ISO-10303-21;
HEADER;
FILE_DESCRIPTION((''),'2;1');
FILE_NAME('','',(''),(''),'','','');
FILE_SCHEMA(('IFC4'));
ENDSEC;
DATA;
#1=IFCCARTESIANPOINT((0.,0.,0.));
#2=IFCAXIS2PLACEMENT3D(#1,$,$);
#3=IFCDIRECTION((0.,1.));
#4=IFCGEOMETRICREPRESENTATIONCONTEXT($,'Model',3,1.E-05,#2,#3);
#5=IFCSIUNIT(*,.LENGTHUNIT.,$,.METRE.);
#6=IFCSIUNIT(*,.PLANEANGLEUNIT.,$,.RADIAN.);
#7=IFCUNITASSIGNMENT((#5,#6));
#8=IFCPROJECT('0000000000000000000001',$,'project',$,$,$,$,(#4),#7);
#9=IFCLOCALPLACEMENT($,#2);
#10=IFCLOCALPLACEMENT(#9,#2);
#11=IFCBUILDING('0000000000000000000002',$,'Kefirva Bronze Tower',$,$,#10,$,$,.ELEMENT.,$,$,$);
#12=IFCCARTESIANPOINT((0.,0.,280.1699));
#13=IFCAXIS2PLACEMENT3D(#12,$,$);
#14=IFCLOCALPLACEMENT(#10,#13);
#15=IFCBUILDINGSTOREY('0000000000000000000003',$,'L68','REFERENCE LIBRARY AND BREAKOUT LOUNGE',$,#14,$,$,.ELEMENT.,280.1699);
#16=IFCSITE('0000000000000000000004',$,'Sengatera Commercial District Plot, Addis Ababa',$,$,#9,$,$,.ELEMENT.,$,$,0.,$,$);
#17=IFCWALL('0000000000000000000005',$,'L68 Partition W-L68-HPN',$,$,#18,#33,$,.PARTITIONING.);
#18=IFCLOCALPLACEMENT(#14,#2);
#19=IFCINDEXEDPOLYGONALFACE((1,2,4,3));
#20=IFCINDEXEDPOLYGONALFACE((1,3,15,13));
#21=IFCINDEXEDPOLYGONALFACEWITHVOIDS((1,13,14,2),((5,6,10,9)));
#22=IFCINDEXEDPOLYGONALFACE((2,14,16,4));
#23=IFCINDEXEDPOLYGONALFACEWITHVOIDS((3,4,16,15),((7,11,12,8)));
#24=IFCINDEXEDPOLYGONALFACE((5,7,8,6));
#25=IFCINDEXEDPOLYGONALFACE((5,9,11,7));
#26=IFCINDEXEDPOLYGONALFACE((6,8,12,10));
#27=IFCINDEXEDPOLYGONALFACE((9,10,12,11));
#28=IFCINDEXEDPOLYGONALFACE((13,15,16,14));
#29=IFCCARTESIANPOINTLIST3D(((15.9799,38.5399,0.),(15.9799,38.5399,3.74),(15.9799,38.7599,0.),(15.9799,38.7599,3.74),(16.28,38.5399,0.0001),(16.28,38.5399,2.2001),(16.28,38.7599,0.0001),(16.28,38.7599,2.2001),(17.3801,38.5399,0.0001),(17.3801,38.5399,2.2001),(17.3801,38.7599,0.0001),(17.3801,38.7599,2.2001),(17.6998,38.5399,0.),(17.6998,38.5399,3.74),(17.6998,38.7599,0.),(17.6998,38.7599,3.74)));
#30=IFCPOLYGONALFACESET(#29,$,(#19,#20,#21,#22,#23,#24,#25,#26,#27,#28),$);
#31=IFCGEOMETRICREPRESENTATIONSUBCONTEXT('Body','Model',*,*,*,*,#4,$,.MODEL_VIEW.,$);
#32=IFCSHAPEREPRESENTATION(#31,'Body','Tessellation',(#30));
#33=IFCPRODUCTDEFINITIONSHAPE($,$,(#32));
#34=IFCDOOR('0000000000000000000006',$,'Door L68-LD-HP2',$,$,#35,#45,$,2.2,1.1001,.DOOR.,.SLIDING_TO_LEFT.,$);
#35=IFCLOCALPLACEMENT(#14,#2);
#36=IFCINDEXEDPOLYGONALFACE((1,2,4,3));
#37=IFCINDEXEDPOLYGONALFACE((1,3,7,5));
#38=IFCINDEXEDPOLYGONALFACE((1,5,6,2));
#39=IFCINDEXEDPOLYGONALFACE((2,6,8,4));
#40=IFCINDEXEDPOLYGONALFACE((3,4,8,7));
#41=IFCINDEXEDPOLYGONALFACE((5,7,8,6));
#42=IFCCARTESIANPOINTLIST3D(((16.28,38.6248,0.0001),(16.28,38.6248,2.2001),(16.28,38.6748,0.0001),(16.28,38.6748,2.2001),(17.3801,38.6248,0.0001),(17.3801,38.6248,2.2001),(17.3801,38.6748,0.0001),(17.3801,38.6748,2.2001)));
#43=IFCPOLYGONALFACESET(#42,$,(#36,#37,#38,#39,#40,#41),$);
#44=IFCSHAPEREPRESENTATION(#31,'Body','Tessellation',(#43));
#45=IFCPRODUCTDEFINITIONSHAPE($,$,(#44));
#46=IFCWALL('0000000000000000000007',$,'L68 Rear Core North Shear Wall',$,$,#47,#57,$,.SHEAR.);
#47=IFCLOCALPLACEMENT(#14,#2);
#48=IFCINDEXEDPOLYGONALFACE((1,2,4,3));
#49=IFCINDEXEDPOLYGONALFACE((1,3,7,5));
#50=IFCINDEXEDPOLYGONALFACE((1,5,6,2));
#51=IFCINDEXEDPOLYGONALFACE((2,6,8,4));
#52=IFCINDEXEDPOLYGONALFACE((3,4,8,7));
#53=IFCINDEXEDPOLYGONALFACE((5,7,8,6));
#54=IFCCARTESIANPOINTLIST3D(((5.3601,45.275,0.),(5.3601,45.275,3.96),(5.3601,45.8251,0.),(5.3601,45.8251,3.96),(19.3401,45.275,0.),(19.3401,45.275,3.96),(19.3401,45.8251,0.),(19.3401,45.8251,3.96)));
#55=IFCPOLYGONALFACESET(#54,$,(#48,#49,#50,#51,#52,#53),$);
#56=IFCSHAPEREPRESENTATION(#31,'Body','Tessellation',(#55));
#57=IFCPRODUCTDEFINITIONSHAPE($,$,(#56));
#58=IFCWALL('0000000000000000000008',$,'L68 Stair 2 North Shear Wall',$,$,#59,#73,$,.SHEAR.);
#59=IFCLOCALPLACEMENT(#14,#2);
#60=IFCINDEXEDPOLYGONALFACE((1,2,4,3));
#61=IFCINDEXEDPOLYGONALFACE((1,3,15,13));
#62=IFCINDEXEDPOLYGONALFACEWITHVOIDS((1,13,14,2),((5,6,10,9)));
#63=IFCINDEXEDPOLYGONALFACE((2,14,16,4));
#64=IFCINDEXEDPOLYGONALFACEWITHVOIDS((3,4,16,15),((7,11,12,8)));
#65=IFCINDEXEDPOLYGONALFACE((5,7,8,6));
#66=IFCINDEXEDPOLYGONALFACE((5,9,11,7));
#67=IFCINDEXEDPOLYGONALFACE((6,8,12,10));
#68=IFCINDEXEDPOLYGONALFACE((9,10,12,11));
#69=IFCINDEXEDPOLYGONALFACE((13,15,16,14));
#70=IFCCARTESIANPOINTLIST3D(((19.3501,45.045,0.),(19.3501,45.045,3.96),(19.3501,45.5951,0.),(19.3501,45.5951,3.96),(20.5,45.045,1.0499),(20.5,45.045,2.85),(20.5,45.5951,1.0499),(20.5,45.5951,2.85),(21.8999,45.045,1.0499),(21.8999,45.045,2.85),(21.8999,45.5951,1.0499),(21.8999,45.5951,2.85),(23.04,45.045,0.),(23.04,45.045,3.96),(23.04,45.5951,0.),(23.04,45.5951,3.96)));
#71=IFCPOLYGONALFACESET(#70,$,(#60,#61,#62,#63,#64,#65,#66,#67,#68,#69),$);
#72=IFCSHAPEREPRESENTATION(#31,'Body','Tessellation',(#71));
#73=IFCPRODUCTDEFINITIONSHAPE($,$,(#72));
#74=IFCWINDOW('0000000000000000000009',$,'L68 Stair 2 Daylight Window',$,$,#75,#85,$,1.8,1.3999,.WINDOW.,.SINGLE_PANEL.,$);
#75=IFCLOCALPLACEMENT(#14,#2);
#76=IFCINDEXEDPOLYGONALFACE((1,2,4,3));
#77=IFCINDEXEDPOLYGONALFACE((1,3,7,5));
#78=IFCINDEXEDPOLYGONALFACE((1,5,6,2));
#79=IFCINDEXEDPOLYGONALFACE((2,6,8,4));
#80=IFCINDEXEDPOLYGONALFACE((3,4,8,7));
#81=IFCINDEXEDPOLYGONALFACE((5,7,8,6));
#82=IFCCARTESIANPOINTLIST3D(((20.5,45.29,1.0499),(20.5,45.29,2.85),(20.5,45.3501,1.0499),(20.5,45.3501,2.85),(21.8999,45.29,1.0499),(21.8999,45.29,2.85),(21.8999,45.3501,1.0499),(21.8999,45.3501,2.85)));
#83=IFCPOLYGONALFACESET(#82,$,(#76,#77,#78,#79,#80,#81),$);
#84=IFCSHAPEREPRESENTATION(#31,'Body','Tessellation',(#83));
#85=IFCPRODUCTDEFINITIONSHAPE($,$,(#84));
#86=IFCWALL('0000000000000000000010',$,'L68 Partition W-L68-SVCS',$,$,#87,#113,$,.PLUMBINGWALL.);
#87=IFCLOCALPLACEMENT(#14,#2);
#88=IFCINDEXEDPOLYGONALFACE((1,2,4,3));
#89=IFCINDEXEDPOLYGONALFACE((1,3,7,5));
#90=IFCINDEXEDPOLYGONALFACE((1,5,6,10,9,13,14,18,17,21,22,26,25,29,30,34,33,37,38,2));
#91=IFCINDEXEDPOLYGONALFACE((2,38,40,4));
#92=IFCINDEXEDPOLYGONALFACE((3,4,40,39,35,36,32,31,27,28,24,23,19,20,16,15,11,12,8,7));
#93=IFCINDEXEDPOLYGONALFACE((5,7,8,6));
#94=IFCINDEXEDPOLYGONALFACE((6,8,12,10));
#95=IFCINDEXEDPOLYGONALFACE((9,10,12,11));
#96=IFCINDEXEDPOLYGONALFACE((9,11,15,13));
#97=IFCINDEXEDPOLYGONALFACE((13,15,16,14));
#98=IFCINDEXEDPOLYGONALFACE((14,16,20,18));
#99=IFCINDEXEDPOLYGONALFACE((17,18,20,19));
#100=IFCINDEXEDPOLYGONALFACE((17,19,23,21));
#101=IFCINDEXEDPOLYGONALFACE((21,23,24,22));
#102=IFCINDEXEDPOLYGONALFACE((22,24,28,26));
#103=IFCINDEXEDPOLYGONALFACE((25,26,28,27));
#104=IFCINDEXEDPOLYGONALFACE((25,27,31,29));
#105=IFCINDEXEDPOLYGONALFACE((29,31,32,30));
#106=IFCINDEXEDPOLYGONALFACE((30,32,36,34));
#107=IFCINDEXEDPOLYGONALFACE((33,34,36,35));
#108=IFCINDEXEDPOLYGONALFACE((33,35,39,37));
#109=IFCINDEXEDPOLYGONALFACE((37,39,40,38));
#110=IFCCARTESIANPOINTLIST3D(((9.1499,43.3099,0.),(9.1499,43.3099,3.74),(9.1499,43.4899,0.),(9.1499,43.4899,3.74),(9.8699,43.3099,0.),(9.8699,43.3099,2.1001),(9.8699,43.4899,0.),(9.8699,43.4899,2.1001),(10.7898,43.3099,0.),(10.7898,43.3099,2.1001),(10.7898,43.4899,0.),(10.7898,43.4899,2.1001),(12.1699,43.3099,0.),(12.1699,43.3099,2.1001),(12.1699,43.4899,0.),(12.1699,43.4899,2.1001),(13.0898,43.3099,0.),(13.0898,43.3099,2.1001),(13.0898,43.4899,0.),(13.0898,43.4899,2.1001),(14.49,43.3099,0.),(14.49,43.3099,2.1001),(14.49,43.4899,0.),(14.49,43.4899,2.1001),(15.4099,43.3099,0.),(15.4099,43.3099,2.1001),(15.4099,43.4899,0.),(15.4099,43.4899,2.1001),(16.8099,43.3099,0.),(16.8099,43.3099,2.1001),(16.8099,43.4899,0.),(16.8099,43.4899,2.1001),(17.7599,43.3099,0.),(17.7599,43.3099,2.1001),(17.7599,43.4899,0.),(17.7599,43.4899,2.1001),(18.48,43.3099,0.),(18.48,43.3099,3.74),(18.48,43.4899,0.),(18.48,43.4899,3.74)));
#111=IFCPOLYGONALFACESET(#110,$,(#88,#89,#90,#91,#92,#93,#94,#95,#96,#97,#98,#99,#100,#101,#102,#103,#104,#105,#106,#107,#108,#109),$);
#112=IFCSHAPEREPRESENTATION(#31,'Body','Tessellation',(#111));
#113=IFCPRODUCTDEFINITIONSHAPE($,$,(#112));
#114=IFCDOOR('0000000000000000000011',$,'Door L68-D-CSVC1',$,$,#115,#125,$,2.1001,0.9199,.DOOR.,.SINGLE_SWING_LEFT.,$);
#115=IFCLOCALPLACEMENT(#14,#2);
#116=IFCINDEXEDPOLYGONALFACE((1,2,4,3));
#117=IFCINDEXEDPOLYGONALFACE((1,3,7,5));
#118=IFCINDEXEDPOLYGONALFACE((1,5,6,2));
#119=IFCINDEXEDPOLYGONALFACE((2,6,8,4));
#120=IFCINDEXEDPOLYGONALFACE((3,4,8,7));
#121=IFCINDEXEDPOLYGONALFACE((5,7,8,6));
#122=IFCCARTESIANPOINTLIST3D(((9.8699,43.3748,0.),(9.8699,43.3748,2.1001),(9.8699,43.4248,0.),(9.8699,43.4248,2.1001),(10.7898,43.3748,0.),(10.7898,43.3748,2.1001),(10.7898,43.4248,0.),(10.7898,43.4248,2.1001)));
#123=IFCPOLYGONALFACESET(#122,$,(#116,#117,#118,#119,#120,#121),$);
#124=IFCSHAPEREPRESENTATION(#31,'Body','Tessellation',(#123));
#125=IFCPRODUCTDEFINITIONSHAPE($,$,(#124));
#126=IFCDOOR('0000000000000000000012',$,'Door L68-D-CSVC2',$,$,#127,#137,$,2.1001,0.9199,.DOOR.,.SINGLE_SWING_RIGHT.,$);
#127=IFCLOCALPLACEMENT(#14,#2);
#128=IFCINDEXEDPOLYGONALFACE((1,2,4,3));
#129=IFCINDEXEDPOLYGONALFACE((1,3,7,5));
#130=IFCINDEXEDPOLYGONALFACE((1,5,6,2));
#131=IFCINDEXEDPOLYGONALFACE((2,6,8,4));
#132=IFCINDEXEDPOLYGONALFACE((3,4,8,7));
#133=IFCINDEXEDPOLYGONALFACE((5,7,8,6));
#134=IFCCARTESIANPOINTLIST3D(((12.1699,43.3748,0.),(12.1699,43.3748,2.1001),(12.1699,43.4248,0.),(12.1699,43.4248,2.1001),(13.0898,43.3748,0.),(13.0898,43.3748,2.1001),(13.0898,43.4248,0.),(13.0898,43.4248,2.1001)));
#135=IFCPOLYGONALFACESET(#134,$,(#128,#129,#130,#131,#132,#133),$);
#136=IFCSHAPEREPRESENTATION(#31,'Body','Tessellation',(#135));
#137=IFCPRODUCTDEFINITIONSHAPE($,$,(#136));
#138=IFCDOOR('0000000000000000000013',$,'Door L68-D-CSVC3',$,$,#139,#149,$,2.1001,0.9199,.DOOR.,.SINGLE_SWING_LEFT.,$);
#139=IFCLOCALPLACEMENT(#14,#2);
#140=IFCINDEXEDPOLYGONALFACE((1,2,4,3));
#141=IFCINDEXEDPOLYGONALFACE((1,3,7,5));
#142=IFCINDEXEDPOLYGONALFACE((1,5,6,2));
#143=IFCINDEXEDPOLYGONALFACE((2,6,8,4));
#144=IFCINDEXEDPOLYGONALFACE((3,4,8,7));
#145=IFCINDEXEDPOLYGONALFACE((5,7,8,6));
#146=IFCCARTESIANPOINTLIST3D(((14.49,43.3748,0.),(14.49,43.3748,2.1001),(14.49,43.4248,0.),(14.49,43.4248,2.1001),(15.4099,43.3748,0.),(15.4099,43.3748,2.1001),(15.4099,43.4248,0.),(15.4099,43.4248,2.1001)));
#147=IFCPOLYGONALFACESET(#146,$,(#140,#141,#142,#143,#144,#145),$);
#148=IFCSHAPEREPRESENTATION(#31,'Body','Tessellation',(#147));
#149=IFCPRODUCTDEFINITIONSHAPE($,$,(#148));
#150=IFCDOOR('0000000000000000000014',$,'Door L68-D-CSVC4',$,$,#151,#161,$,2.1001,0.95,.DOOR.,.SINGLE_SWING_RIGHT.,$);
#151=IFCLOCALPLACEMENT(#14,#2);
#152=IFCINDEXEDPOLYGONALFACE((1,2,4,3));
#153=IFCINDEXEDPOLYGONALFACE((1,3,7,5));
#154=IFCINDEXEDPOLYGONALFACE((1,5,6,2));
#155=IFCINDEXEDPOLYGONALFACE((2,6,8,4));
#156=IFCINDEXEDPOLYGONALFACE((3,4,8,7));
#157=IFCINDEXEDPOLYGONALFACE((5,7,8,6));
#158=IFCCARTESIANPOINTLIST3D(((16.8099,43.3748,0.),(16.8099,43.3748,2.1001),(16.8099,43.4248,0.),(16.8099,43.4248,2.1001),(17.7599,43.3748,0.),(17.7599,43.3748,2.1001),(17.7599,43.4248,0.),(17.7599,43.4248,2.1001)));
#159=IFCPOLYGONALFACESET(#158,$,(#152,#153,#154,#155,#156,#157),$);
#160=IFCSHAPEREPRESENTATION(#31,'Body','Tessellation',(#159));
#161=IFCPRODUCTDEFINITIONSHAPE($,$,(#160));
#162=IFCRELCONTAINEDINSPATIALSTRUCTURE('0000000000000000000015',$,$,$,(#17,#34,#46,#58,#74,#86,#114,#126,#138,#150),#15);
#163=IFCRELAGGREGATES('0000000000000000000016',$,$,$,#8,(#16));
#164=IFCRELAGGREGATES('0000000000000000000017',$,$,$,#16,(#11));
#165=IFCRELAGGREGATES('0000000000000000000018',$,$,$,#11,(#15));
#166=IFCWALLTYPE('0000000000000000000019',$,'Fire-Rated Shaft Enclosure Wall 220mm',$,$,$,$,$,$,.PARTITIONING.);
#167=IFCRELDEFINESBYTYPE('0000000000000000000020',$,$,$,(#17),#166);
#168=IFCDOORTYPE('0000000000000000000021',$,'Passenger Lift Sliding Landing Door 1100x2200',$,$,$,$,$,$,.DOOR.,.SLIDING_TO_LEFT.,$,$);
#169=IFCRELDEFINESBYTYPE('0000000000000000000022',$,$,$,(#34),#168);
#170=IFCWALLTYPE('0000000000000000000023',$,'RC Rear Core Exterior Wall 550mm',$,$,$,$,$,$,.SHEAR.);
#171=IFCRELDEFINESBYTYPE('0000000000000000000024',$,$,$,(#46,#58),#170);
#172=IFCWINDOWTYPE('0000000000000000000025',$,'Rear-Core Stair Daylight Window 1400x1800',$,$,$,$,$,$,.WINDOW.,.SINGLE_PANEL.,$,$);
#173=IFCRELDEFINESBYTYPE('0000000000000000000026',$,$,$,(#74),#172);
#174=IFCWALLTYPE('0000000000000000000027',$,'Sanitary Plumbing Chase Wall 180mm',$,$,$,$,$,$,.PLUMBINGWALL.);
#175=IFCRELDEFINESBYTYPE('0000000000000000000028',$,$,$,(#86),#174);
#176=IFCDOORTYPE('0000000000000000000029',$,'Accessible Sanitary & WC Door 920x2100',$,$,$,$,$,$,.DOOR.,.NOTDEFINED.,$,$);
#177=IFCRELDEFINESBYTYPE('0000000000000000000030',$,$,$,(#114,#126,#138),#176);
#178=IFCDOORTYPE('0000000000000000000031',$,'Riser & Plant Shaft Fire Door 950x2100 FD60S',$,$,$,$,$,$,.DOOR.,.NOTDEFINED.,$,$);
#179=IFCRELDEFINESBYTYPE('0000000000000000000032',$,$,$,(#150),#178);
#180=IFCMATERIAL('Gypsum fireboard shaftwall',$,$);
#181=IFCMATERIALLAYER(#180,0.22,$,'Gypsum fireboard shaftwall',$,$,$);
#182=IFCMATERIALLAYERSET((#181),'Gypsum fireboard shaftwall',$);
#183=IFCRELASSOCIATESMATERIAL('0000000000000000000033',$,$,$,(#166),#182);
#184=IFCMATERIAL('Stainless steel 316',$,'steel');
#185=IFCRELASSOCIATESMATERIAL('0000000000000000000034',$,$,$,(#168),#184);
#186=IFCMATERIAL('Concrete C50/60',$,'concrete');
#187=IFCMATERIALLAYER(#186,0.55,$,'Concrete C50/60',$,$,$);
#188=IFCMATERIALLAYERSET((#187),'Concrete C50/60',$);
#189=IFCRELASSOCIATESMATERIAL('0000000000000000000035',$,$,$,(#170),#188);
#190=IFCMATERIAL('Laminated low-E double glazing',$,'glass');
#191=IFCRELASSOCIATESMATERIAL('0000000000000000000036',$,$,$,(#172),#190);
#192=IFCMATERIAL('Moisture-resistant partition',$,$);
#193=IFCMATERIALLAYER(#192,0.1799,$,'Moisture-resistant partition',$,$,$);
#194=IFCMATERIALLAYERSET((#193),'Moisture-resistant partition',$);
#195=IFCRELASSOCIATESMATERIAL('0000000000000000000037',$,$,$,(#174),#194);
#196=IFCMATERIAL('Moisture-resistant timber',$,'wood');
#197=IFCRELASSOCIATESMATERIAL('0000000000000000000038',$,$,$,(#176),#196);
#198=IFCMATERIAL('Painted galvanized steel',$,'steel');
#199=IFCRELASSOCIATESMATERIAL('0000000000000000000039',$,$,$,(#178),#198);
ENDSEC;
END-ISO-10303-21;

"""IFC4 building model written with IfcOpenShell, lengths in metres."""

from ifc_helpers import new_model, si_unit, direction, frame, frame_2d, origin, place, context, subcontext, project, spatial, rectangle, extrude, material, layer, layer_set, type_object, element, fill, save


model = new_model("IFC4")

# Units and contexts
model_context = context("Model", 3, precision=1e-05, world=origin(), true_north=direction((0.0, 1.0)))
body_context = subcontext(model_context, "Body", "Model", "MODEL_VIEW")
ifc_project = project(units=[si_unit("LENGTHUNIT", "METRE"), si_unit("PLANEANGLEUNIT", "RADIAN")], contexts=[model_context])

# Site, building, storey
site_placement = place(None, origin())
site = spatial("IfcSite", under=ifc_project, at=site_placement, Name="Sengatera Commercial District Plot, Addis Ababa", CompositionType="ELEMENT", RefElevation=0.0)
building_placement = place(site_placement, origin())
building = spatial("IfcBuilding", under=site, at=building_placement, Name="Kefirva Bronze Tower", CompositionType="ELEMENT")
storey_placement = place(building_placement, frame((0.0, 0.0, 280.1699)))
storey = spatial("IfcBuildingStorey", under=building, at=storey_placement, Name="L68", Description="REFERENCE LIBRARY AND BREAKOUT LOUNGE", CompositionType="ELEMENT", Elevation=280.1699)

# Shared definitions
ifc_material_1 = material(Name="Concrete C50/60", Category="concrete")

# Shared definitions
ifc_material_2 = material(Name="Gypsum fireboard shaftwall")
ifc_layer_1 = layer(ifc_material_2, 0.22, Name="Gypsum fireboard shaftwall")
ifc_layer_set_1 = layer_set([ifc_layer_1], Name="Gypsum fireboard shaftwall")
wall_type_1 = type_object("IfcWallType", Name="Fire-Rated Shaft Enclosure Wall 220mm", PredefinedType="PARTITIONING", material=ifc_layer_set_1)

# Shared definitions
ifc_material_3 = material(Name="Stainless steel 316", Category="steel")

# Shared definitions
door_type_1 = type_object("IfcDoorType", Name="Passenger Lift Sliding Landing Door 1100x2200", OperationType="SLIDING_TO_LEFT", PredefinedType="DOOR", material=ifc_material_3)

# Wall, opening, door
wall_1_placement = place(storey_placement, frame((15.98, 38.6499, 0.0), z_axis=(0.0, 0.0, 1.0), x_axis=(1.0, 0.0, 0.0)))
wall_1 = element("IfcWall", 1, at=wall_1_placement, inside=storey, type_object=wall_type_1, Name="L68 Partition W-L68-HPN", PredefinedType="PARTITIONING", context=body_context, shape_type="SweptSolid", body=[
    extrude(rectangle(XDim=1.72, YDim=0.22, at=frame_2d((0.8599, 0.0))), origin(), (0.0, 0.0, 1.0), 3.74),
])
opening_1_placement = place(wall_1_placement, frame((0.3, 0.0, 0.0)))
opening_1 = element("IfcOpeningElement", 2, at=opening_1_placement, cuts=wall_1, PredefinedType="OPENING", context=body_context, shape_type="SweptSolid", body=[
    extrude(rectangle(XDim=1.1001, YDim=2.2, at=frame_2d((0.55, 1.1001))), frame((0.0, 0.1201, 0.0), z_axis=(0.0, -1.0, 0.0), x_axis=(1.0, 0.0, 0.0)), (0.0, 0.0, 1.0), 0.24),
])
door_1_placement = place(opening_1_placement, origin())
door_1 = element("IfcDoor", 3, at=door_1_placement, inside=storey, type_object=door_type_1, Name="Door L68-LD-HP2", OperationType="SLIDING_TO_LEFT", OverallHeight=2.2, OverallWidth=1.1001, PredefinedType="DOOR", context=body_context, shape_type="SweptSolid", body=[
    extrude(rectangle(XDim=1.1001, YDim=2.2, at=frame_2d((0.55, 1.1001))), frame((0.0, 0.0249, 0.0), z_axis=(0.0, -1.0, 0.0), x_axis=(1.0, 0.0, 0.0)), (0.0, 0.0, 1.0), 0.05),
])
fill(opening_1, door_1)

# Wall
ifc_layer_2 = layer(ifc_material_1, 0.55, Name="Concrete C50/60")
ifc_layer_set_2 = layer_set([ifc_layer_2], Name="Concrete C50/60")
wall_type_2 = type_object("IfcWallType", Name="RC Rear Core Exterior Wall 550mm", PredefinedType="SHEAR", material=ifc_layer_set_2)
wall_2_placement = place(storey_placement, frame((5.3601, 45.55, 0.0), z_axis=(0.0, 0.0, 1.0), x_axis=(1.0, 0.0, 0.0)))
element("IfcWall", 4, at=wall_2_placement, inside=storey, type_object=wall_type_2, Name="L68 Rear Core North Shear Wall", PredefinedType="SHEAR", context=body_context, shape_type="SweptSolid", body=[
    extrude(rectangle(XDim=13.98, YDim=0.55, at=frame_2d((6.99, 0.0))), origin(), (0.0, 0.0, 1.0), 3.96),
])

# Wall, opening, window
wall_3_placement = place(storey_placement, frame((19.3501, 45.3201, 0.0), z_axis=(0.0, 0.0, 1.0), x_axis=(1.0, 0.0, 0.0)))
wall_3 = element("IfcWall", 5, at=wall_3_placement, inside=storey, type_object=wall_type_2, Name="L68 Stair 2 North Shear Wall", PredefinedType="SHEAR", context=body_context, shape_type="SweptSolid", body=[
    extrude(rectangle(XDim=3.6899, YDim=0.55, at=frame_2d((1.845, 0.0))), origin(), (0.0, 0.0, 1.0), 3.96),
])
opening_2_placement = place(wall_3_placement, frame((1.1499, 0.0, 1.05)))
opening_2 = element("IfcOpeningElement", 6, at=opening_2_placement, cuts=wall_3, PredefinedType="OPENING", context=body_context, shape_type="SweptSolid", body=[
    extrude(rectangle(XDim=1.3999, YDim=1.8, at=frame_2d((0.7, 0.8999))), frame((0.0, 0.2852, 0.0), z_axis=(0.0, -1.0, 0.0), x_axis=(1.0, 0.0, 0.0)), (0.0, 0.0, 1.0), 0.5701),
])
ifc_material_4 = material(Name="Laminated low-E double glazing", Category="glass")
window_type = type_object("IfcWindowType", Name="Rear-Core Stair Daylight Window 1400x1800", PartitioningType="SINGLE_PANEL", PredefinedType="WINDOW", material=ifc_material_4)
window_placement = place(opening_2_placement, origin())
window = element("IfcWindow", 7, at=window_placement, inside=storey, type_object=window_type, Name="L68 Stair 2 Daylight Window", OverallHeight=1.8, OverallWidth=1.3999, PartitioningType="SINGLE_PANEL", PredefinedType="WINDOW", context=body_context, shape_type="SweptSolid", body=[
    extrude(rectangle(XDim=1.3999, YDim=1.8, at=frame_2d((0.7, 0.8999))), frame((0.0, 0.03, 0.0), z_axis=(0.0, -1.0, 0.0), x_axis=(1.0, 0.0, 0.0)), (0.0, 0.0, 1.0), 0.0601),
])
fill(opening_2, window)

# Wall, openings, doors
ifc_material_5 = material(Name="Moisture-resistant partition")
ifc_layer_3 = layer(ifc_material_5, 0.1799, Name="Moisture-resistant partition")
ifc_layer_set_3 = layer_set([ifc_layer_3], Name="Moisture-resistant partition")
wall_type_3 = type_object("IfcWallType", Name="Sanitary Plumbing Chase Wall 180mm", PredefinedType="PLUMBINGWALL", material=ifc_layer_set_3)
wall_4_placement = place(storey_placement, frame((9.1499, 43.3999, 0.0), z_axis=(0.0, 0.0, 1.0), x_axis=(1.0, 0.0, 0.0)))
wall_4 = element("IfcWall", 8, at=wall_4_placement, inside=storey, type_object=wall_type_3, Name="L68 Partition W-L68-SVCS", PredefinedType="PLUMBINGWALL", context=body_context, shape_type="SweptSolid", body=[
    extrude(rectangle(XDim=9.3301, YDim=0.1799, at=frame_2d((4.665, 0.0))), origin(), (0.0, 0.0, 1.0), 3.74),
])
opening_3_placement = place(wall_4_placement, frame((0.72, 0.0, 0.0)))
opening_3 = element("IfcOpeningElement", 9, at=opening_3_placement, cuts=wall_4, PredefinedType="OPENING", context=body_context, shape_type="SweptSolid", body=[
    extrude(rectangle(XDim=0.9199, YDim=2.1001, at=frame_2d((0.46, 1.05))), frame((0.0, 0.1001, 0.0), z_axis=(0.0, -1.0, 0.0), x_axis=(1.0, 0.0, 0.0)), (0.0, 0.0, 1.0), 0.2),
])
opening_4_placement = place(wall_4_placement, frame((3.02, 0.0, 0.0)))
opening_4 = element("IfcOpeningElement", 10, at=opening_4_placement, cuts=wall_4, PredefinedType="OPENING", context=body_context, shape_type="SweptSolid", body=[
    extrude(rectangle(XDim=0.9199, YDim=2.1001, at=frame_2d((0.46, 1.05))), frame((0.0, 0.1001, 0.0), z_axis=(0.0, -1.0, 0.0), x_axis=(1.0, 0.0, 0.0)), (0.0, 0.0, 1.0), 0.2),
])
opening_5_placement = place(wall_4_placement, frame((5.3401, 0.0, 0.0)))
opening_5 = element("IfcOpeningElement", 11, at=opening_5_placement, cuts=wall_4, PredefinedType="OPENING", context=body_context, shape_type="SweptSolid", body=[
    extrude(rectangle(XDim=0.9199, YDim=2.1001, at=frame_2d((0.46, 1.05))), frame((0.0, 0.1001, 0.0), z_axis=(0.0, -1.0, 0.0), x_axis=(1.0, 0.0, 0.0)), (0.0, 0.0, 1.0), 0.2),
])
opening_6_placement = place(wall_4_placement, frame((7.6599, 0.0, 0.0)))
opening_6 = element("IfcOpeningElement", 12, at=opening_6_placement, cuts=wall_4, PredefinedType="OPENING", context=body_context, shape_type="SweptSolid", body=[
    extrude(rectangle(XDim=0.95, YDim=2.1001, at=frame_2d((0.4751, 1.05))), frame((0.0, 0.1001, 0.0), z_axis=(0.0, -1.0, 0.0), x_axis=(1.0, 0.0, 0.0)), (0.0, 0.0, 1.0), 0.2),
])
ifc_material_6 = material(Name="Moisture-resistant timber", Category="wood")
door_type_2 = type_object("IfcDoorType", Name="Accessible Sanitary & WC Door 920x2100", OperationType="NOTDEFINED", PredefinedType="DOOR", material=ifc_material_6)
door_2_placement = place(opening_3_placement, origin())
door_2 = element("IfcDoor", 13, at=door_2_placement, inside=storey, type_object=door_type_2, Name="Door L68-D-CSVC1", OperationType="SINGLE_SWING_LEFT", OverallHeight=2.1001, OverallWidth=0.9199, PredefinedType="DOOR", context=body_context, shape_type="SweptSolid", body=[
    extrude(rectangle(XDim=0.9199, YDim=2.1001, at=frame_2d((0.46, 1.05))), frame((0.0, 0.0249, 0.0), z_axis=(0.0, -1.0, 0.0), x_axis=(1.0, 0.0, 0.0)), (0.0, 0.0, 1.0), 0.05),
])
fill(opening_3, door_2)
door_3_placement = place(opening_4_placement, origin())
door_3 = element("IfcDoor", 14, at=door_3_placement, inside=storey, type_object=door_type_2, Name="Door L68-D-CSVC2", OperationType="SINGLE_SWING_RIGHT", OverallHeight=2.1001, OverallWidth=0.9199, PredefinedType="DOOR", context=body_context, shape_type="SweptSolid", body=[
    extrude(rectangle(XDim=0.9199, YDim=2.1001, at=frame_2d((0.46, 1.05))), frame((0.0, 0.0249, 0.0), z_axis=(0.0, -1.0, 0.0), x_axis=(1.0, 0.0, 0.0)), (0.0, 0.0, 1.0), 0.05),
])
fill(opening_4, door_3)
door_4_placement = place(opening_5_placement, origin())
door_4 = element("IfcDoor", 15, at=door_4_placement, inside=storey, type_object=door_type_2, Name="Door L68-D-CSVC3", OperationType="SINGLE_SWING_LEFT", OverallHeight=2.1001, OverallWidth=0.9199, PredefinedType="DOOR", context=body_context, shape_type="SweptSolid", body=[
    extrude(rectangle(XDim=0.9199, YDim=2.1001, at=frame_2d((0.46, 1.05))), frame((0.0, 0.0249, 0.0), z_axis=(0.0, -1.0, 0.0), x_axis=(1.0, 0.0, 0.0)), (0.0, 0.0, 1.0), 0.05),
])
fill(opening_5, door_4)
ifc_material_7 = material(Name="Painted galvanized steel", Category="steel")
door_type_3 = type_object("IfcDoorType", Name="Riser & Plant Shaft Fire Door 950x2100 FD60S", OperationType="NOTDEFINED", PredefinedType="DOOR", material=ifc_material_7)
door_5_placement = place(opening_6_placement, origin())
door_5 = element("IfcDoor", 16, at=door_5_placement, inside=storey, type_object=door_type_3, Name="Door L68-D-CSVC4", OperationType="SINGLE_SWING_RIGHT", OverallHeight=2.1001, OverallWidth=0.95, PredefinedType="DOOR", context=body_context, shape_type="SweptSolid", body=[
    extrude(rectangle(XDim=0.95, YDim=2.1001, at=frame_2d((0.4751, 1.05))), frame((0.0, 0.0249, 0.0), z_axis=(0.0, -1.0, 0.0), x_axis=(1.0, 0.0, 0.0)), (0.0, 0.0, 1.0), 0.05),
])
fill(opening_6, door_5)

save(model, "model.ifc")
